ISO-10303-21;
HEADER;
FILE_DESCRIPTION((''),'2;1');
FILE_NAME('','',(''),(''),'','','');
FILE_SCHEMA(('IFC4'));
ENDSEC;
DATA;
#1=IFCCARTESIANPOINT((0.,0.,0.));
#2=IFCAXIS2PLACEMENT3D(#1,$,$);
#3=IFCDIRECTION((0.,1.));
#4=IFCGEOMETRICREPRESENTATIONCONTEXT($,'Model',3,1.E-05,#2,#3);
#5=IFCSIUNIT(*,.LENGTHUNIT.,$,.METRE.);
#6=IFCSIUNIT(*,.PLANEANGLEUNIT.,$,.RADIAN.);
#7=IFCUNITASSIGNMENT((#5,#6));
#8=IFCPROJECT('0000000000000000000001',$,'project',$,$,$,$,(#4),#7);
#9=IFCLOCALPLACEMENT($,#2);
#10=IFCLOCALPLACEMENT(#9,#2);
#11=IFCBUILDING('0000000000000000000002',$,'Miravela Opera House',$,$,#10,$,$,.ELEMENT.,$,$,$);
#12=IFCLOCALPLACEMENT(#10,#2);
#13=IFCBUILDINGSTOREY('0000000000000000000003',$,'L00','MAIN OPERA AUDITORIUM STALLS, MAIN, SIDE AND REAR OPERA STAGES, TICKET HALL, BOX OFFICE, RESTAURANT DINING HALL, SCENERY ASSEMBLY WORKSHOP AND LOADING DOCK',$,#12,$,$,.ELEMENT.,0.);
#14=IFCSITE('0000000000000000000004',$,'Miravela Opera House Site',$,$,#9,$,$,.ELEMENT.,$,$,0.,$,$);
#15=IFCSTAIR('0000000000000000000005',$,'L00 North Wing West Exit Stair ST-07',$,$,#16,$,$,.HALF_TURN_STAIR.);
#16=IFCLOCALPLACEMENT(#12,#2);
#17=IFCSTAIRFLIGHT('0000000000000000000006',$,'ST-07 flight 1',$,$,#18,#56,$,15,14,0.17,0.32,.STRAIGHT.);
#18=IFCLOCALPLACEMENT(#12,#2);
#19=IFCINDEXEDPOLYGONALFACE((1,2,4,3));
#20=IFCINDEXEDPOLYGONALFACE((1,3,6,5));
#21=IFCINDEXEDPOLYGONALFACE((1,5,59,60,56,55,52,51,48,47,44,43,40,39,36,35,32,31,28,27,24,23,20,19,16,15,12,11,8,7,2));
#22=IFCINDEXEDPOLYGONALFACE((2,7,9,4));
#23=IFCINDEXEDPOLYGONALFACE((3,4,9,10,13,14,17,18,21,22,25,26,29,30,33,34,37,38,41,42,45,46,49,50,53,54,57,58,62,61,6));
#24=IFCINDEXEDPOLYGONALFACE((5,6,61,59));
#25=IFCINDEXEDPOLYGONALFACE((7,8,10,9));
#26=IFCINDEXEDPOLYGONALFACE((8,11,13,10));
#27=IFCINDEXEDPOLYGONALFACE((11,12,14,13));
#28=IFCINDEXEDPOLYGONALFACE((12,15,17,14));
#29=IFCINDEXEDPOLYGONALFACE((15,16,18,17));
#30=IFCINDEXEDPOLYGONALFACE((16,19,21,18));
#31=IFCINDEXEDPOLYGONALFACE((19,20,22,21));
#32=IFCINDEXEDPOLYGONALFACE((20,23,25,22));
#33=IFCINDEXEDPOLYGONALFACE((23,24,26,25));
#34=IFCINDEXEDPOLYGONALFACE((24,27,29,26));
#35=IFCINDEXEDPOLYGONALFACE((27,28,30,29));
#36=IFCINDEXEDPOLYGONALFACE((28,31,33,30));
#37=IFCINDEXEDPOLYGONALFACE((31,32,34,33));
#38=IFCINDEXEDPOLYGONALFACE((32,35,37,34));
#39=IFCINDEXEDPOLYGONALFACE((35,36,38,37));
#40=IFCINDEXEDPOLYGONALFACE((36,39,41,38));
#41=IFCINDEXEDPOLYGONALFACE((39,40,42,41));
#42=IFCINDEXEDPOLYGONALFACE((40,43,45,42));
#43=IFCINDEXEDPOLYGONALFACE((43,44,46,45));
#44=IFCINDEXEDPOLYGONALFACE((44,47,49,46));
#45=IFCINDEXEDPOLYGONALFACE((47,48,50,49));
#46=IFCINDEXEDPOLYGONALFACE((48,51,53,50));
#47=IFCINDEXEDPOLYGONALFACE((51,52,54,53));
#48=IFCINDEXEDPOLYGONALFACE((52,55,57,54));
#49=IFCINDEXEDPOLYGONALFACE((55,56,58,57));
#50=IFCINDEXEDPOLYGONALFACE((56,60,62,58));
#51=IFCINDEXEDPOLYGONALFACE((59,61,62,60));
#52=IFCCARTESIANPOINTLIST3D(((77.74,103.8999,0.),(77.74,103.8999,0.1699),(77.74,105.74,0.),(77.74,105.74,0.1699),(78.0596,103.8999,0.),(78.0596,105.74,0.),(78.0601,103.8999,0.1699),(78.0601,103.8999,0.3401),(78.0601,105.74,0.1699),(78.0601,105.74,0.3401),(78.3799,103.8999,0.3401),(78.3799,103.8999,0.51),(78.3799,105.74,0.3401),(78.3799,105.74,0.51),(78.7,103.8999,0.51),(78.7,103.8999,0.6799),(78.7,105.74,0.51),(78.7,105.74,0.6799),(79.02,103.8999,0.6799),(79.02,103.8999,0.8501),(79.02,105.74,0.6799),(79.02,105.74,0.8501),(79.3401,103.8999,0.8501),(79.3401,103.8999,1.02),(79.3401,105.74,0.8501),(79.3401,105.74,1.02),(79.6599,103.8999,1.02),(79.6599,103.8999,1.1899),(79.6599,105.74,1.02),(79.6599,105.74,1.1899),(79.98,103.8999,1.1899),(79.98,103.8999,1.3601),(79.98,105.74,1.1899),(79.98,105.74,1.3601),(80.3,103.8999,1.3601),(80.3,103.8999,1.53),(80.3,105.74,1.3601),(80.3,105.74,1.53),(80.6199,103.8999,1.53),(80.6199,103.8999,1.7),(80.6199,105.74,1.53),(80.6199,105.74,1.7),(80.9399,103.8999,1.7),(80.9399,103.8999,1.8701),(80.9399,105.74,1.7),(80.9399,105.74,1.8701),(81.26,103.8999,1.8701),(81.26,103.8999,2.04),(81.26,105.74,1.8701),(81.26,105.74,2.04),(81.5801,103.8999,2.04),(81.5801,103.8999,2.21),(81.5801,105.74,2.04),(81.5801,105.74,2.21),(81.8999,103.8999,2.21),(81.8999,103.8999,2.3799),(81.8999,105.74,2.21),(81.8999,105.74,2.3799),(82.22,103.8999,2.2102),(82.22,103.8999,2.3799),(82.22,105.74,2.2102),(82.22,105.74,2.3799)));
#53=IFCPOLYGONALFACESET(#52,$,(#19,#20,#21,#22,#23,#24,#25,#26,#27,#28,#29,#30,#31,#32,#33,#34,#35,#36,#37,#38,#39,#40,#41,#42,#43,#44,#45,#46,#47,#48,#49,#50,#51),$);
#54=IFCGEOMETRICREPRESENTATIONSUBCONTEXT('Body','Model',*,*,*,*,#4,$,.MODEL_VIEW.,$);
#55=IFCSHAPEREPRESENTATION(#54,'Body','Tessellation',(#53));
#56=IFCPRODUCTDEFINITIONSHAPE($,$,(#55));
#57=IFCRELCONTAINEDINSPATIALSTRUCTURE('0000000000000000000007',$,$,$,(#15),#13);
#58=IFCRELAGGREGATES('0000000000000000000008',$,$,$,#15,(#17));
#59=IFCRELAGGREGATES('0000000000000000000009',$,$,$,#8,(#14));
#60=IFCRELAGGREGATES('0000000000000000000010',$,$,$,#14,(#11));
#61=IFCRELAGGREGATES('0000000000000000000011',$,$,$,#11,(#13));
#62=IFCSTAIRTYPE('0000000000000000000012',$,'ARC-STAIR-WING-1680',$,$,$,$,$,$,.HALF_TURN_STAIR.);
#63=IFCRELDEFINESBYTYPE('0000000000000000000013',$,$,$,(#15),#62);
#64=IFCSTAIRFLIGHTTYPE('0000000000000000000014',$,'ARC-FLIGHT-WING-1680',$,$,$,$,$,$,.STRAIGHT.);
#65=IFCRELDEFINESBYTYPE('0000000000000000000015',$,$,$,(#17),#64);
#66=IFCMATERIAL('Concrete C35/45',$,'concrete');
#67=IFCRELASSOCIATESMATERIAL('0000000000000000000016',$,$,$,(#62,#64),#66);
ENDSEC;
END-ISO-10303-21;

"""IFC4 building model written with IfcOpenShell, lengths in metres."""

from ifc_helpers import new_model, si_unit, direction, frame, origin, place, context, subcontext, project, spatial, polyline, outline, extrude, material, type_object, element, aggregate, save


model = new_model("IFC4")

# Units and contexts
model_context = context("Model", 3, precision=1e-05, world=origin(), true_north=direction((0.0, 1.0)))
body_context = subcontext(model_context, "Body", "Model", "MODEL_VIEW")
ifc_project = project(units=[si_unit("LENGTHUNIT", "METRE"), si_unit("PLANEANGLEUNIT", "RADIAN")], contexts=[model_context])

# Site, building, storey
site_placement = place(None, origin())
site = spatial("IfcSite", under=ifc_project, at=site_placement, Name="Miravela Opera House Site", CompositionType="ELEMENT", RefElevation=0.0)
building_placement = place(site_placement, origin())
building = spatial("IfcBuilding", under=site, at=building_placement, Name="Miravela Opera House", CompositionType="ELEMENT")
storey_placement = place(building_placement, origin())
storey = spatial("IfcBuildingStorey", under=building, at=storey_placement, Name="L00", Description="MAIN OPERA AUDITORIUM STALLS, MAIN, SIDE AND REAR OPERA STAGES, TICKET HALL, BOX OFFICE, RESTAURANT DINING HALL, SCENERY ASSEMBLY WORKSHOP AND LOADING DOCK", CompositionType="ELEMENT", Elevation=0.0)

# Shared definitions
ifc_material_1 = material(Name="Concrete C35/45", Category="concrete")

# Stair, stair flight
stair_type = type_object("IfcStairType", Name="ARC-STAIR-WING-1680", PredefinedType="HALF_TURN_STAIR", material=ifc_material_1)
stair_placement = place(storey_placement, origin())
stair = element("IfcStair", 1, at=stair_placement, inside=storey, type_object=stair_type, Name="L00 North Wing West Exit Stair ST-07", PredefinedType="HALF_TURN_STAIR")
stair_flight_type = type_object("IfcStairFlightType", Name="ARC-FLIGHT-WING-1680", PredefinedType="STRAIGHT", material=ifc_material_1)
stair_flight_placement = place(storey_placement, frame((77.74, 104.8201, 0.0), z_axis=(0.0, 0.0, 1.0), x_axis=(1.0, 0.0, 0.0)))
stair_flight = element("IfcStairFlight", 2, at=stair_flight_placement, type_object=stair_flight_type, Name="ST-07 flight 1", NumberOfRisers=15, NumberOfTreads=14, PredefinedType="STRAIGHT", RiserHeight=0.17, TreadLength=0.32, context=body_context, shape_type="SweptSolid", body=[
    extrude(outline(polyline([(0.0, 0.0), (0.0, 0.1699), (0.3201, 0.1699), (0.3201, 0.3401), (0.6399, 0.3401), (0.6399, 0.51), (0.96, 0.51), (0.96, 0.6799), (1.28, 0.6799), (1.28, 0.8501), (1.6001, 0.8501), (1.6001, 1.02), (1.9199, 1.02), (1.9199, 1.1899), (2.24, 1.1899), (2.24, 1.3601), (2.5601, 1.3601), (2.5601, 1.53), (2.8799, 1.53), (2.8799, 1.7), (3.2, 1.7), (3.2, 1.8701), (3.52, 1.8701), (3.52, 2.04), (3.8401, 2.04), (3.8401, 2.21), (4.1599, 2.21), (4.1599, 2.3799), (4.48, 2.3799), (4.48, 2.55), (4.48, 2.2102), (0.3196, 0.0), (0.0, 0.0)])), frame((0.0, 0.9199, 0.0), z_axis=(0.0, -1.0, 0.0), x_axis=(1.0, 0.0, 0.0)), (0.0, 0.0, 1.0), 1.8401),
])
aggregate(stair, [stair_flight])

save(model, "model.ifc")
